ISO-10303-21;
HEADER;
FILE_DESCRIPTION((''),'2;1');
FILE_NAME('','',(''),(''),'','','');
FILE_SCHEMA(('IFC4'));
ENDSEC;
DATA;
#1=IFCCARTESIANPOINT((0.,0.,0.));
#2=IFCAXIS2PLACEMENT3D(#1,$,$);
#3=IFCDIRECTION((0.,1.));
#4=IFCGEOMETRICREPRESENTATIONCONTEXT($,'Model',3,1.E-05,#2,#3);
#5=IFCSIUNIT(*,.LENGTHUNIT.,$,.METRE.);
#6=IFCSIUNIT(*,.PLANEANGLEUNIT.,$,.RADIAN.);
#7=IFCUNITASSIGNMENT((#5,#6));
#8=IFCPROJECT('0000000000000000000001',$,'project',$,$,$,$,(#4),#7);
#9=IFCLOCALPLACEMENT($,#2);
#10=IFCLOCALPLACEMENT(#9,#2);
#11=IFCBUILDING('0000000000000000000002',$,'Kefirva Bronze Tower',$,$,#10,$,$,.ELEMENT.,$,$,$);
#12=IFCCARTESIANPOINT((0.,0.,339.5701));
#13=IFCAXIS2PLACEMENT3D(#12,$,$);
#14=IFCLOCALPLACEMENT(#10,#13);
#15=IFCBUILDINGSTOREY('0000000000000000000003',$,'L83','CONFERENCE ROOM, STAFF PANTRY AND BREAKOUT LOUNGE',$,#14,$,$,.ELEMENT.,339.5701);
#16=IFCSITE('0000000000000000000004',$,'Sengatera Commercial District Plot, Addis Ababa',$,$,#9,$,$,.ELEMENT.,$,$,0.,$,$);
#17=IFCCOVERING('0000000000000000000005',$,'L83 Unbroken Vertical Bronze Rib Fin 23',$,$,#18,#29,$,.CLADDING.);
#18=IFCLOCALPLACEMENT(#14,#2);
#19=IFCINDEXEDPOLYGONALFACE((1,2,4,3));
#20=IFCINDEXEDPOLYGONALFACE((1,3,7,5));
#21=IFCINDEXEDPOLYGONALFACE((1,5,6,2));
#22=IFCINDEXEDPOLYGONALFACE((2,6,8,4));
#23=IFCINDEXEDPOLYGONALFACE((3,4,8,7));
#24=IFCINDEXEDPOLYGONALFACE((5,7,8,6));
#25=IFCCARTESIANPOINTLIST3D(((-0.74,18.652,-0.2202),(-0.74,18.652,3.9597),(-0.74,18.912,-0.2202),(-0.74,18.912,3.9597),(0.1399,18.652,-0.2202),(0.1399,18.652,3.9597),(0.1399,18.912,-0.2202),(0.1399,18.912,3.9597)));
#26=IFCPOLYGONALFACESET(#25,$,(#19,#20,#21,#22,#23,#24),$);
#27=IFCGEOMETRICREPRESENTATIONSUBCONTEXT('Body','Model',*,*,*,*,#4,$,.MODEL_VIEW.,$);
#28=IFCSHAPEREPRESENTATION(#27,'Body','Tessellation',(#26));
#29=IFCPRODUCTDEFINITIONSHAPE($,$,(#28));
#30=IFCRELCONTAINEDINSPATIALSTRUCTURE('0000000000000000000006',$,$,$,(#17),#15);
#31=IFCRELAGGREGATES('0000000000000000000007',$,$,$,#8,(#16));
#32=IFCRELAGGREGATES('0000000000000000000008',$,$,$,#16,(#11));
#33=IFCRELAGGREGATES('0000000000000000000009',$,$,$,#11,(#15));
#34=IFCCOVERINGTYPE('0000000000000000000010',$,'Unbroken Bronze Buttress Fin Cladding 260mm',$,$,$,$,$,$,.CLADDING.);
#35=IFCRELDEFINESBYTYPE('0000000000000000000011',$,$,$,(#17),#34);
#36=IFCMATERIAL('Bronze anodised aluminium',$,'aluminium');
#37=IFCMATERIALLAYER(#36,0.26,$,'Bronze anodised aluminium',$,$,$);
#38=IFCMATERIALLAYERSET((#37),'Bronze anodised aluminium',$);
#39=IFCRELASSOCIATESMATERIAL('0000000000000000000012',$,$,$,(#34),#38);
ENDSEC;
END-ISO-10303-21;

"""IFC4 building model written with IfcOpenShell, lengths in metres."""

from ifc_helpers import new_model, si_unit, direction, frame, origin, origin_2d, place, context, subcontext, project, spatial, rectangle, extrude, material, layer, layer_set, type_object, element, save


model = new_model("IFC4")

# Units and contexts
model_context = context("Model", 3, precision=1e-05, world=origin(), true_north=direction((0.0, 1.0)))
body_context = subcontext(model_context, "Body", "Model", "MODEL_VIEW")
ifc_project = project(units=[si_unit("LENGTHUNIT", "METRE"), si_unit("PLANEANGLEUNIT", "RADIAN")], contexts=[model_context])

# Site, building, storey
site_placement = place(None, origin())
site = spatial("IfcSite", under=ifc_project, at=site_placement, Name="Sengatera Commercial District Plot, Addis Ababa", CompositionType="ELEMENT", RefElevation=0.0)
building_placement = place(site_placement, origin())
building = spatial("IfcBuilding", under=site, at=building_placement, Name="Kefirva Bronze Tower", CompositionType="ELEMENT")
storey_placement = place(building_placement, frame((0.0, 0.0, 339.5701)))
storey = spatial("IfcBuildingStorey", under=building, at=storey_placement, Name="L83", Description="CONFERENCE ROOM, STAFF PANTRY AND BREAKOUT LOUNGE", CompositionType="ELEMENT", Elevation=339.5701)

# Shared definitions
ifc_material_1 = material(Name="Bronze anodised aluminium", Category="aluminium")

# Covering
ifc_layer_1 = layer(ifc_material_1, 0.26, Name="Bronze anodised aluminium")
ifc_layer_set_1 = layer_set([ifc_layer_1], Name="Bronze anodised aluminium")
covering_type_1 = type_object("IfcCoveringType", Name="Unbroken Bronze Buttress Fin Cladding 260mm", PredefinedType="CLADDING", material=ifc_layer_set_1)
for number, where, z_axis, x_axis, name in (
    (1, (-0.3, 18.782, -0.2202), (0.0, 0.0, 1.0), (0.0, -1.0, 0.0), "L83 Unbroken Vertical Bronze Rib Fin 23"),
):
    element("IfcCovering", number, at=place(storey_placement, frame(where, z_axis=z_axis, x_axis=x_axis)), inside=storey, type_object=covering_type_1, Name=name, PredefinedType="CLADDING", context=body_context, shape_type="SweptSolid", body=[
        extrude(rectangle(XDim=0.26, YDim=0.8799, at=origin_2d()), origin(), (0.0, 0.0, 1.0), 4.1799),
    ])

save(model, "model.ifc")
